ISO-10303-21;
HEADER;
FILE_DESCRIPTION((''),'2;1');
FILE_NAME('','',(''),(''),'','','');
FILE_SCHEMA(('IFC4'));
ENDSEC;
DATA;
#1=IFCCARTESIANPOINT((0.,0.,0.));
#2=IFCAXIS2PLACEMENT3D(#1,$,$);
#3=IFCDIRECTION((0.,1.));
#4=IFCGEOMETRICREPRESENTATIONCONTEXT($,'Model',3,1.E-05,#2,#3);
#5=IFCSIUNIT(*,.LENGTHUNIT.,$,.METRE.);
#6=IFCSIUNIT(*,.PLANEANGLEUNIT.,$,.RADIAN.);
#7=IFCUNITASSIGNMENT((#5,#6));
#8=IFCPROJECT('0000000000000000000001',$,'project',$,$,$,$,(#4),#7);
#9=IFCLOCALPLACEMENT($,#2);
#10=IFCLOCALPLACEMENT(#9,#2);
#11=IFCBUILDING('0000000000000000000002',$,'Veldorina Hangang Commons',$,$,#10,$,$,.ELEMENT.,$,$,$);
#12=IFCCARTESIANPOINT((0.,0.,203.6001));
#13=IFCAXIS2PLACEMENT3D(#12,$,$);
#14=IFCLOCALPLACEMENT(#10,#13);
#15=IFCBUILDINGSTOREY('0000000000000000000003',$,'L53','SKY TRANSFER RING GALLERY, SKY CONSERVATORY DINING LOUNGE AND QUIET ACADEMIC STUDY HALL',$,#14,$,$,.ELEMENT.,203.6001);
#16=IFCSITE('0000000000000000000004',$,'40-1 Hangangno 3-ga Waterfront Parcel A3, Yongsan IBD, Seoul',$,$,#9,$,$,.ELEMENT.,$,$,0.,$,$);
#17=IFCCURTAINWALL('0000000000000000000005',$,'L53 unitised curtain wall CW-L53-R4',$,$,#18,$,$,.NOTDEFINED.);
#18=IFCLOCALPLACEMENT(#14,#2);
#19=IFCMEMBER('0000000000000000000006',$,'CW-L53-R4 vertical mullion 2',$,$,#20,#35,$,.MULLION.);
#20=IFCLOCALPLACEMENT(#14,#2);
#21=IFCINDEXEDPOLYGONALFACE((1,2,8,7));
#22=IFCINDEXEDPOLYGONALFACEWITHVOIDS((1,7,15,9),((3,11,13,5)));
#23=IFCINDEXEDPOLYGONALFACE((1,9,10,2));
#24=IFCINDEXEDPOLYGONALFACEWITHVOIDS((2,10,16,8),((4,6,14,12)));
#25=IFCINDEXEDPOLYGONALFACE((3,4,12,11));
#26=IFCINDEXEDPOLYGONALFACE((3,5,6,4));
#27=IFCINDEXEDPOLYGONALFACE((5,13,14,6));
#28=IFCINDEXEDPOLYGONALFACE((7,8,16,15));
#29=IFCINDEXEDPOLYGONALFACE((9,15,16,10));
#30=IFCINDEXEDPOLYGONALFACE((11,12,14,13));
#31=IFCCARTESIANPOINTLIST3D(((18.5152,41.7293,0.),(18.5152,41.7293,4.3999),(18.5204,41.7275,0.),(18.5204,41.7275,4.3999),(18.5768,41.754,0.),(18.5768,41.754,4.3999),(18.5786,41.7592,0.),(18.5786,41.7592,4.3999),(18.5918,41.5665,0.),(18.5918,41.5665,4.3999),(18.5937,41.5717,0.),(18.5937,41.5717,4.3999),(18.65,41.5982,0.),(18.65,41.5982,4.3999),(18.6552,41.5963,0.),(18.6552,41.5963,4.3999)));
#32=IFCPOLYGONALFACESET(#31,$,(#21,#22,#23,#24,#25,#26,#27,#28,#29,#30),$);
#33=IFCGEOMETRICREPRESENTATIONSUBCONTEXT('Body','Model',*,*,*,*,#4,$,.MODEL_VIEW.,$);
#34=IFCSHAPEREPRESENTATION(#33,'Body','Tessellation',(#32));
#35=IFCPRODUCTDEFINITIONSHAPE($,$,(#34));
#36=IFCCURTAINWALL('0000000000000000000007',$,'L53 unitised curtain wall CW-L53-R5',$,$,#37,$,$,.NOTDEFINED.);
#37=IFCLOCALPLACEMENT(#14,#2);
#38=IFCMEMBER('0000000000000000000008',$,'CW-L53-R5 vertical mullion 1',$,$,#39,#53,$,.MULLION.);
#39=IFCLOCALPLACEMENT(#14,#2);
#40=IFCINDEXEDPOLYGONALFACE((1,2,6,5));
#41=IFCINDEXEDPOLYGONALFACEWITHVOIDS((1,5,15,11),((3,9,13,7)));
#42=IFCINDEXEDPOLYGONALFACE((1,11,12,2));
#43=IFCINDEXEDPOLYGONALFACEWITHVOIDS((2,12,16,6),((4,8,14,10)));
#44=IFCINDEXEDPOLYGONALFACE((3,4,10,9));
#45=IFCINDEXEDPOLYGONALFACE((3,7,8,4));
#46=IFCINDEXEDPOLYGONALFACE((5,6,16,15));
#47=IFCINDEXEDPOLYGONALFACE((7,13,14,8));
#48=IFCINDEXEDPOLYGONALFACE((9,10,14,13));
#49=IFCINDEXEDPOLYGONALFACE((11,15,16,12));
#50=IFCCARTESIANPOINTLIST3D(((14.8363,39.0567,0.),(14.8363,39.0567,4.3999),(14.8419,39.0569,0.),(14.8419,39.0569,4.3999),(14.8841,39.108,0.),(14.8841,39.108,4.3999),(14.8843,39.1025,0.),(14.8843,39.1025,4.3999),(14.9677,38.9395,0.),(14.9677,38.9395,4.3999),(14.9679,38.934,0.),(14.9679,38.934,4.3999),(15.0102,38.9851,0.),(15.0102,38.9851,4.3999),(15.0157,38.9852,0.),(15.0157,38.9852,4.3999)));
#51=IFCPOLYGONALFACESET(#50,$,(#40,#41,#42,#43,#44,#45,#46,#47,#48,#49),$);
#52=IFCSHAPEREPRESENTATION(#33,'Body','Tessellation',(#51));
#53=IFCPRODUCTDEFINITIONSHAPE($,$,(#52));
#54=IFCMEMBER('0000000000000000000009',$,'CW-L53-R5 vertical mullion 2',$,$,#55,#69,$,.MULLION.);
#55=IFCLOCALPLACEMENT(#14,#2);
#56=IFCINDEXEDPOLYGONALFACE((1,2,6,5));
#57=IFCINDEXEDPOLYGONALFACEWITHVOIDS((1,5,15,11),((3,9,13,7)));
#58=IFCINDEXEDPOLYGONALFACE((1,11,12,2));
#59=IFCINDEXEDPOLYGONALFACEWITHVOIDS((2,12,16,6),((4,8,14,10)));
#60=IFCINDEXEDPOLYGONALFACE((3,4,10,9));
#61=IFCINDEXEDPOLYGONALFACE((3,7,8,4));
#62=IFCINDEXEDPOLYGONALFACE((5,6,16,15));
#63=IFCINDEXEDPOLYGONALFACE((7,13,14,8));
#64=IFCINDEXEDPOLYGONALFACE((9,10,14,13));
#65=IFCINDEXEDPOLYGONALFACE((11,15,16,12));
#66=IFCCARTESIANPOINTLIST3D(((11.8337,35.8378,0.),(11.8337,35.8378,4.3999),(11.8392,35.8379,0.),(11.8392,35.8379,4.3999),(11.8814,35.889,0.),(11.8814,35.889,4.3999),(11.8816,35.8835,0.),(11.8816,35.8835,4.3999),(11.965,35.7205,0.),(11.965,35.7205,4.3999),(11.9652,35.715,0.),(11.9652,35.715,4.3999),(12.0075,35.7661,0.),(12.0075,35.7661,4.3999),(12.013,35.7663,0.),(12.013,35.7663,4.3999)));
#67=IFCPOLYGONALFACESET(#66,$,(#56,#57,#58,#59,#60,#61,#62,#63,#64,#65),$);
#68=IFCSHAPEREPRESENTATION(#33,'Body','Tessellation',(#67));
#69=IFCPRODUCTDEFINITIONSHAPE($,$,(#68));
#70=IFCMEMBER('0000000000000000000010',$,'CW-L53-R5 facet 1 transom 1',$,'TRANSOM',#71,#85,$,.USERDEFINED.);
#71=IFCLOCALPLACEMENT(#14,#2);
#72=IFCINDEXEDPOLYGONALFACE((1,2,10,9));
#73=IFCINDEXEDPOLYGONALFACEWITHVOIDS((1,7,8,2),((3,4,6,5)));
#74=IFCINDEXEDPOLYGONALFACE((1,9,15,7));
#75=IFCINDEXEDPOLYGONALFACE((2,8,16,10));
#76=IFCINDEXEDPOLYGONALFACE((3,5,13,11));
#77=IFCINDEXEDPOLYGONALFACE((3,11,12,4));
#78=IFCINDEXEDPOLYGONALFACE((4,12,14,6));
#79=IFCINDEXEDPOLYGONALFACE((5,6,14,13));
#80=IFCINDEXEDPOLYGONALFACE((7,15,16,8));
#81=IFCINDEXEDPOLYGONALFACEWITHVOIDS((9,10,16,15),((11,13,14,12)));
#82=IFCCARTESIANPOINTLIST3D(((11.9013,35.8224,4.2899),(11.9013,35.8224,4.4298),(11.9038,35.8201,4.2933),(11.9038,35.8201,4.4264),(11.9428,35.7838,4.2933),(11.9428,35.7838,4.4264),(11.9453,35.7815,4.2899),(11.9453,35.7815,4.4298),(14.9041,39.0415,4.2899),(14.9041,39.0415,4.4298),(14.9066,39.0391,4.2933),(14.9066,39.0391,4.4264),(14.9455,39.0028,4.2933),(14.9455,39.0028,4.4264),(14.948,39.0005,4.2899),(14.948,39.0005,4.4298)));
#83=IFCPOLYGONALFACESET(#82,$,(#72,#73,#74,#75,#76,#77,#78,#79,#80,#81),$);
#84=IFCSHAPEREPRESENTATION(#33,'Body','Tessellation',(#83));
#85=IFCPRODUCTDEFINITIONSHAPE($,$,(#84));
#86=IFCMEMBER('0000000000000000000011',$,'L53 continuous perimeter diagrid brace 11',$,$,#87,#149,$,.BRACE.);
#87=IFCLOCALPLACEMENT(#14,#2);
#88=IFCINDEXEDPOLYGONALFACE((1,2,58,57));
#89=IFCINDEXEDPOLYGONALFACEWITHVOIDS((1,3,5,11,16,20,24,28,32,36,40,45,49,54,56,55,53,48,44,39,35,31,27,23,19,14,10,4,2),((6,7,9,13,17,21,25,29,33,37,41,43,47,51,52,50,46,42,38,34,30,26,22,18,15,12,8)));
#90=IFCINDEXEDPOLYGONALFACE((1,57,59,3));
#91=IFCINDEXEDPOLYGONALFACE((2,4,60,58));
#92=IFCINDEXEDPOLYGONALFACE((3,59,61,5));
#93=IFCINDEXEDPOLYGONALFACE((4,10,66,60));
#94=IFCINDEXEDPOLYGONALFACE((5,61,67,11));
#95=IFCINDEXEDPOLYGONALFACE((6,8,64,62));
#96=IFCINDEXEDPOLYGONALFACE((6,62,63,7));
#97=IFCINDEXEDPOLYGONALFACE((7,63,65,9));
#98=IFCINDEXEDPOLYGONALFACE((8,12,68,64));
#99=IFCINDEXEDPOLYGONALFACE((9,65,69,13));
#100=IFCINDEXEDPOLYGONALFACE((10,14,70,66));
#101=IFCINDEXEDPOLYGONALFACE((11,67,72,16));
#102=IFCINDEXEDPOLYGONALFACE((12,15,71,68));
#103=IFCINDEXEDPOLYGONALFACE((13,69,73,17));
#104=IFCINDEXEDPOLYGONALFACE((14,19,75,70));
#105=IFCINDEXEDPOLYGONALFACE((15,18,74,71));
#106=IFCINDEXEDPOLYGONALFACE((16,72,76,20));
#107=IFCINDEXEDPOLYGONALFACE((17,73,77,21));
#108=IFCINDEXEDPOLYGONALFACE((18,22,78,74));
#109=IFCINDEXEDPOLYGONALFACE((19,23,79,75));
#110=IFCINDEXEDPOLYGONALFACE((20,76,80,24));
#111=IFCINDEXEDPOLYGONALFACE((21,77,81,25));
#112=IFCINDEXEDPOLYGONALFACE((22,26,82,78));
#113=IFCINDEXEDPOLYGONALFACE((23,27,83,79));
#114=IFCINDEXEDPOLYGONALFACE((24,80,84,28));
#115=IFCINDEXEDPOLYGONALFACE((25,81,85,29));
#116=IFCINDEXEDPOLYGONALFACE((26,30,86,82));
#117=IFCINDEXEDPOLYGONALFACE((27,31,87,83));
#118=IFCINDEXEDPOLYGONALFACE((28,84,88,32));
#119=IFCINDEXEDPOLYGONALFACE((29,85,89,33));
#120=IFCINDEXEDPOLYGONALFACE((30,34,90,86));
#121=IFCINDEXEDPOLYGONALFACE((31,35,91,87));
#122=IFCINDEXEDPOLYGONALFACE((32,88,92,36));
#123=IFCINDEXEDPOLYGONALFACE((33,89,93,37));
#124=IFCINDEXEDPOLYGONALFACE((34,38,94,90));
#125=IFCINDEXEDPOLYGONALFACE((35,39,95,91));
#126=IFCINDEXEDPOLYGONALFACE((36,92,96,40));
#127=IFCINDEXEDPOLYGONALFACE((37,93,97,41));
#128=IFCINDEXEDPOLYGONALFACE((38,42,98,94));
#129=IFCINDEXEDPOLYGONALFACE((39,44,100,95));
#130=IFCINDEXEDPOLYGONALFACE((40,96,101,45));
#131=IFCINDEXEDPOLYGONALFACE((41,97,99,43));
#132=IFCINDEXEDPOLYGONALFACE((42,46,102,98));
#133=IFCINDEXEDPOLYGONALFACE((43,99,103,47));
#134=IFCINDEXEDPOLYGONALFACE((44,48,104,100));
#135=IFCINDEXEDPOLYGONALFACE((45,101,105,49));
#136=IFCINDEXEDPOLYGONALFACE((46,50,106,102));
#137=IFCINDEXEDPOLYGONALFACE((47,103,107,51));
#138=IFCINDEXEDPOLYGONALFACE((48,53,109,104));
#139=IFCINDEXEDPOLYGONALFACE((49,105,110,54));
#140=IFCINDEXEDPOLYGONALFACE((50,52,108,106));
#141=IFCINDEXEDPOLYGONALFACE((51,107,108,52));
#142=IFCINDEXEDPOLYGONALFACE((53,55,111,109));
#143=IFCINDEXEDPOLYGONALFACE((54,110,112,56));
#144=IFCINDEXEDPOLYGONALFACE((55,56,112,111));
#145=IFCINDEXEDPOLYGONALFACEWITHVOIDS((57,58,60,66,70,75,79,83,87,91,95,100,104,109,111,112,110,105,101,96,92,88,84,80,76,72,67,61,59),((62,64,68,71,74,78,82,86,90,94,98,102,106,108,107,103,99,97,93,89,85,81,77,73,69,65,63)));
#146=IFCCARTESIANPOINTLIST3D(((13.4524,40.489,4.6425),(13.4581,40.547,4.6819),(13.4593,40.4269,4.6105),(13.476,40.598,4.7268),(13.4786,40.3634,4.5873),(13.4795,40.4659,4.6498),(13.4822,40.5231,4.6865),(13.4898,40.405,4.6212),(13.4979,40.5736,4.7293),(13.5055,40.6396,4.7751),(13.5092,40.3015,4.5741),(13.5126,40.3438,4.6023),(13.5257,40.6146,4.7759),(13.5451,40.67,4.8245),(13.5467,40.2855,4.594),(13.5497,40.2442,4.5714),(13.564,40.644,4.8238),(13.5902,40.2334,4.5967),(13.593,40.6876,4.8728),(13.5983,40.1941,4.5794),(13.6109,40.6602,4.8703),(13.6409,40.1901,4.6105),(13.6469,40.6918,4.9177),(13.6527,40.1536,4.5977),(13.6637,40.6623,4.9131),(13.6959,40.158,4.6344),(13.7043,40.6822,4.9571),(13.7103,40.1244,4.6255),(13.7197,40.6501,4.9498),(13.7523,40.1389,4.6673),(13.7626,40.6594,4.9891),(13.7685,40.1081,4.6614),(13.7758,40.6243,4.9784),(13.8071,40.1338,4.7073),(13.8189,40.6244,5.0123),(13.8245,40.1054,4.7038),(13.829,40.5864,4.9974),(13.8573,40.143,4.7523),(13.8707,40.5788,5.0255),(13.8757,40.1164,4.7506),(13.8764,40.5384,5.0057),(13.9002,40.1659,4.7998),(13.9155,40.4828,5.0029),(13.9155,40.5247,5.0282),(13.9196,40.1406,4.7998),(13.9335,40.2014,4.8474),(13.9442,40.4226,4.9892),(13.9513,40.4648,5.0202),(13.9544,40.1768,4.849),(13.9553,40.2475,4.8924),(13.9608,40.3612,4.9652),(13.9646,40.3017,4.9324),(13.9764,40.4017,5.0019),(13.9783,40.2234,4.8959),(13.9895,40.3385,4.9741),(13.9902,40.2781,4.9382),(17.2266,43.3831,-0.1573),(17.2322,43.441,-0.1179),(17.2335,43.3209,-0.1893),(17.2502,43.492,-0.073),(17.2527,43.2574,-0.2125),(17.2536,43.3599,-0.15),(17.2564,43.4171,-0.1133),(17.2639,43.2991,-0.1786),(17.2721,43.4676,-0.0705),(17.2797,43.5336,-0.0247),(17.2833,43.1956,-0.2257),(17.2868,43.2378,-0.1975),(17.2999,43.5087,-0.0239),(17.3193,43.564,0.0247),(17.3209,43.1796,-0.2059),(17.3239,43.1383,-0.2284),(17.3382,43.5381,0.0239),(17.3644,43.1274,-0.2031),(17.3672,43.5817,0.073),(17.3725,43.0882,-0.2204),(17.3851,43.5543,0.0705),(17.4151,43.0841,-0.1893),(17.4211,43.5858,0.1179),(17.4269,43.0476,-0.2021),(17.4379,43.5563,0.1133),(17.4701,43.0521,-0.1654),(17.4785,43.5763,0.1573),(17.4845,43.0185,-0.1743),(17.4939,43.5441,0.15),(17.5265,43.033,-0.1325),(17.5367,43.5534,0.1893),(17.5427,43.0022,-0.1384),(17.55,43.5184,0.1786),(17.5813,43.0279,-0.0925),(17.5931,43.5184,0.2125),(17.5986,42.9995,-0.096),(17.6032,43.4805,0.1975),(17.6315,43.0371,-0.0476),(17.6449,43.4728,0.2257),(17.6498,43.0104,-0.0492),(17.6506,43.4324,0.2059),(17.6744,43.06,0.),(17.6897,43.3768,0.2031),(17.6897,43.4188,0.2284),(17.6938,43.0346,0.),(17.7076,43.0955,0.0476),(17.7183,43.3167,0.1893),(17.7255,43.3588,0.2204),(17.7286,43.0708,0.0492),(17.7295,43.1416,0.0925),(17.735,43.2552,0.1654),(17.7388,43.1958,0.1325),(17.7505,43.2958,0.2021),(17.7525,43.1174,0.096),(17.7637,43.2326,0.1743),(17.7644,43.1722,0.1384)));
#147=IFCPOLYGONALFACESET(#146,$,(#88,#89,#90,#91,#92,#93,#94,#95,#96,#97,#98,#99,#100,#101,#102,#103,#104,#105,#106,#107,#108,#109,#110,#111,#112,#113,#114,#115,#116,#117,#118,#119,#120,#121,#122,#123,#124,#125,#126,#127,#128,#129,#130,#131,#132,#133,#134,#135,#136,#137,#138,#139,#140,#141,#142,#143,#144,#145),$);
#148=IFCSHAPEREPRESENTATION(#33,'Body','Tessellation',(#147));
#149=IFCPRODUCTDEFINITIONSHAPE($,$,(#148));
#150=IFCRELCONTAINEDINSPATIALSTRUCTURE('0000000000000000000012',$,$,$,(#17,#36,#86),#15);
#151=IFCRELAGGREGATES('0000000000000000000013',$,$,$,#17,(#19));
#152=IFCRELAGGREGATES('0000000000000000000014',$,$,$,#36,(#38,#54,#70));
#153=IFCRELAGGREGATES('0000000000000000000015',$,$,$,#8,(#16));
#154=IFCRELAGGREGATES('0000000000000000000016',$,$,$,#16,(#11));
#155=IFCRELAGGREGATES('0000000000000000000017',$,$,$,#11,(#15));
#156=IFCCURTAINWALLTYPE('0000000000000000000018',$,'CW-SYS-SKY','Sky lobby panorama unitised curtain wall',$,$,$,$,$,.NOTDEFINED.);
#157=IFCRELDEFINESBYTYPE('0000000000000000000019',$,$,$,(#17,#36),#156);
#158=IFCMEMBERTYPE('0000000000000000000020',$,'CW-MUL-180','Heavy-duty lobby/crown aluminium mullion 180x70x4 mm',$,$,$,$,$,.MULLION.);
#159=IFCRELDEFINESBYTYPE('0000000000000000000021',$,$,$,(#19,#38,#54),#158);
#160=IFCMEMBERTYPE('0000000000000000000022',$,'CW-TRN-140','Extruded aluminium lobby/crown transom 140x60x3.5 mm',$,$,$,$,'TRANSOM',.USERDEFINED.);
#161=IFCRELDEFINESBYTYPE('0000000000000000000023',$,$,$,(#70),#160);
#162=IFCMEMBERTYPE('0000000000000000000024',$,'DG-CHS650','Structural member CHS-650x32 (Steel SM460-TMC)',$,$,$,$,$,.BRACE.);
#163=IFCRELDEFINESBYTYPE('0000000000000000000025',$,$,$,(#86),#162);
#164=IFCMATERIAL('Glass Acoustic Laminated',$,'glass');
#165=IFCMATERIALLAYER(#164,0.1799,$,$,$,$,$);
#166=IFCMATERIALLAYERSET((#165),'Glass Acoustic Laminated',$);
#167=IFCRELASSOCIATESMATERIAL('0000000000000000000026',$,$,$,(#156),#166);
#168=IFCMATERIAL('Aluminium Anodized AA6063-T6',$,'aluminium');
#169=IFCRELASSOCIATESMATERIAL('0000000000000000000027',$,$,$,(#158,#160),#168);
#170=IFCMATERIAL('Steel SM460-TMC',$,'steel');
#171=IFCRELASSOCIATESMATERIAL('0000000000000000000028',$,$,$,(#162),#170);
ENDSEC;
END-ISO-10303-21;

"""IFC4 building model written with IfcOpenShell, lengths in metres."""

from ifc_helpers import new_model, si_unit, direction, frame, origin, origin_2d, place, context, subcontext, project, spatial, hollow_rectangle, hollow_circle, extrude, material, layer, layer_set, material_profile, profile_set, type_object, element, aggregate, save


model = new_model("IFC4")

# Units and contexts
model_context = context("Model", 3, precision=1e-05, world=origin(), true_north=direction((0.0, 1.0)))
body_context = subcontext(model_context, "Body", "Model", "MODEL_VIEW")
ifc_project = project(units=[si_unit("LENGTHUNIT", "METRE"), si_unit("PLANEANGLEUNIT", "RADIAN")], contexts=[model_context])

# Site, building, storey
site_placement = place(None, origin())
site = spatial("IfcSite", under=ifc_project, at=site_placement, Name="40-1 Hangangno 3-ga Waterfront Parcel A3, Yongsan IBD, Seoul", CompositionType="ELEMENT", RefElevation=0.0)
building_placement = place(site_placement, origin())
building = spatial("IfcBuilding", under=site, at=building_placement, Name="Veldorina Hangang Commons", CompositionType="ELEMENT")
storey_placement = place(building_placement, frame((0.0, 0.0, 203.6001)))
storey = spatial("IfcBuildingStorey", under=building, at=storey_placement, Name="L53", Description="SKY TRANSFER RING GALLERY, SKY CONSERVATORY DINING LOUNGE AND QUIET ACADEMIC STUDY HALL", CompositionType="ELEMENT", Elevation=203.6001)

# Curtain wall, member
ifc_material_1 = material(Name="Glass Acoustic Laminated", Category="glass")
ifc_layer_1 = layer(ifc_material_1, 0.1799)
ifc_layer_set_1 = layer_set([ifc_layer_1], Name="Glass Acoustic Laminated")
curtain_wall_type = type_object("IfcCurtainWallType", Name="CW-SYS-SKY", Description="Sky lobby panorama unitised curtain wall", PredefinedType="NOTDEFINED", material=ifc_layer_set_1)
curtain_wall_1_placement = place(storey_placement, origin())
curtain_wall_1 = element("IfcCurtainWall", 1, at=curtain_wall_1_placement, inside=storey, type_object=curtain_wall_type, Name="L53 unitised curtain wall CW-L53-R4", PredefinedType="NOTDEFINED")
ifc_material_2 = material(Name="Aluminium Anodized AA6063-T6", Category="aluminium")
ifc_material_profile_1 = material_profile(ifc_material_2, hollow_rectangle(XDim=0.0701, YDim=0.1799, WallThickness=0.0039, at=origin_2d()), Name="ALU-RHS-180x70x4")
ifc_profile_set_1 = profile_set([ifc_material_profile_1], Name="Aluminium Anodized AA6063-T6")
member_type_1 = type_object("IfcMemberType", Name="CW-MUL-180", Description="Heavy-duty lobby/crown aluminium mullion 180x70x4 mm", PredefinedType="MULLION", material=ifc_profile_set_1)
member_1_placement = place(storey_placement, frame((18.5852, 41.6628, 0.0), z_axis=(0.0, 0.0, 1.0), x_axis=(0.904938, 0.425542, 0.0)))
member_1 = element("IfcMember", 2, at=member_1_placement, type_object=member_type_1, Name="CW-L53-R4 vertical mullion 2", PredefinedType="MULLION", context=body_context, shape_type="SweptSolid", body=[
    extrude(hollow_rectangle(XDim=0.0701, YDim=0.1799, WallThickness=0.0039, at=origin_2d()), origin(), (0.0, 0.0, 1.0), 4.3999),
])
aggregate(curtain_wall_1, [member_1])

# Curtain wall, members
curtain_wall_2_placement = place(storey_placement, origin())
curtain_wall_2 = element("IfcCurtainWall", 3, at=curtain_wall_2_placement, inside=storey, type_object=curtain_wall_type, Name="L53 unitised curtain wall CW-L53-R5", PredefinedType="NOTDEFINED")
member_2_placement = place(storey_placement, frame((14.926, 39.021, 0.0), z_axis=(0.0, 0.0, 1.0), x_axis=(-0.682113, -0.731247, 0.0)))
member_2 = element("IfcMember", 4, at=member_2_placement, type_object=member_type_1, Name="CW-L53-R5 vertical mullion 1", PredefinedType="MULLION", context=body_context, shape_type="SweptSolid", body=[
    extrude(hollow_rectangle(XDim=0.0701, YDim=0.1799, WallThickness=0.0039, at=origin_2d()), origin(), (0.0, 0.0, 1.0), 4.3999),
])
member_3_placement = place(storey_placement, frame((11.9233, 35.802, 0.0), z_axis=(0.0, 0.0, 1.0), x_axis=(0.682113, 0.731247, 0.0)))
member_3 = element("IfcMember", 5, at=member_3_placement, type_object=member_type_1, Name="CW-L53-R5 vertical mullion 2", PredefinedType="MULLION", context=body_context, shape_type="SweptSolid", body=[
    extrude(hollow_rectangle(XDim=0.0701, YDim=0.1799, WallThickness=0.0039, at=origin_2d()), origin(), (0.0, 0.0, 1.0), 4.3999),
])
ifc_material_profile_2 = material_profile(ifc_material_2, hollow_rectangle(XDim=0.0601, YDim=0.1399, WallThickness=0.0034, at=origin_2d()), Name="ALU-RHS-140x60x3.5")
ifc_profile_set_2 = profile_set([ifc_material_profile_2], Name="Aluminium Anodized AA6063-T6")
member_type_2 = type_object("IfcMemberType", Name="CW-TRN-140", Description="Extruded aluminium lobby/crown transom 140x60x3.5 mm", ElementType="TRANSOM", PredefinedType="USERDEFINED", material=ifc_profile_set_2)
member_4_placement = place(storey_placement, frame((14.926, 39.021, 4.3599), z_axis=(-0.682111, -0.731249, 0.0), x_axis=(0.731249, -0.682111, 0.0)))
member_4 = element("IfcMember", 6, at=member_4_placement, type_object=member_type_2, Name="CW-L53-R5 facet 1 transom 1", ObjectType="TRANSOM", PredefinedType="USERDEFINED", context=body_context, shape_type="SweptSolid", body=[
    extrude(hollow_rectangle(XDim=0.0601, YDim=0.1399, WallThickness=0.0034, at=origin_2d()), origin(), (0.0, 0.0, 1.0), 4.4021),
])

# Member
ifc_material_3 = material(Name="Steel SM460-TMC", Category="steel")
ifc_material_profile_3 = material_profile(ifc_material_3, hollow_circle(Radius=0.325, WallThickness=0.032, at=origin_2d()), Name="CHS-650x32")
ifc_profile_set_3 = profile_set([ifc_material_profile_3], Name="Steel SM460-TMC")
member_type_3 = type_object("IfcMemberType", Name="DG-CHS650", Description="Structural member CHS-650x32 (Steel SM460-TMC)", PredefinedType="BRACE", material=ifc_profile_set_3)
member_5_placement = place(storey_placement, frame((17.4961, 43.2925, 0.0), z_axis=(-0.558551, -0.428299, 0.710338), x_axis=(0.608499, -0.793554, 0.0)))
element("IfcMember", 7, at=member_5_placement, inside=storey, type_object=member_type_3, Name="L53 continuous perimeter diagrid brace 11", PredefinedType="BRACE", context=body_context, shape_type="SweptSolid", body=[
    extrude(hollow_circle(Radius=0.325, WallThickness=0.032, at=origin_2d()), origin(), (0.0, 0.0, 1.0), 6.7571),
])

aggregate(curtain_wall_2, [member_2, member_3, member_4])

save(model, "model.ifc")
